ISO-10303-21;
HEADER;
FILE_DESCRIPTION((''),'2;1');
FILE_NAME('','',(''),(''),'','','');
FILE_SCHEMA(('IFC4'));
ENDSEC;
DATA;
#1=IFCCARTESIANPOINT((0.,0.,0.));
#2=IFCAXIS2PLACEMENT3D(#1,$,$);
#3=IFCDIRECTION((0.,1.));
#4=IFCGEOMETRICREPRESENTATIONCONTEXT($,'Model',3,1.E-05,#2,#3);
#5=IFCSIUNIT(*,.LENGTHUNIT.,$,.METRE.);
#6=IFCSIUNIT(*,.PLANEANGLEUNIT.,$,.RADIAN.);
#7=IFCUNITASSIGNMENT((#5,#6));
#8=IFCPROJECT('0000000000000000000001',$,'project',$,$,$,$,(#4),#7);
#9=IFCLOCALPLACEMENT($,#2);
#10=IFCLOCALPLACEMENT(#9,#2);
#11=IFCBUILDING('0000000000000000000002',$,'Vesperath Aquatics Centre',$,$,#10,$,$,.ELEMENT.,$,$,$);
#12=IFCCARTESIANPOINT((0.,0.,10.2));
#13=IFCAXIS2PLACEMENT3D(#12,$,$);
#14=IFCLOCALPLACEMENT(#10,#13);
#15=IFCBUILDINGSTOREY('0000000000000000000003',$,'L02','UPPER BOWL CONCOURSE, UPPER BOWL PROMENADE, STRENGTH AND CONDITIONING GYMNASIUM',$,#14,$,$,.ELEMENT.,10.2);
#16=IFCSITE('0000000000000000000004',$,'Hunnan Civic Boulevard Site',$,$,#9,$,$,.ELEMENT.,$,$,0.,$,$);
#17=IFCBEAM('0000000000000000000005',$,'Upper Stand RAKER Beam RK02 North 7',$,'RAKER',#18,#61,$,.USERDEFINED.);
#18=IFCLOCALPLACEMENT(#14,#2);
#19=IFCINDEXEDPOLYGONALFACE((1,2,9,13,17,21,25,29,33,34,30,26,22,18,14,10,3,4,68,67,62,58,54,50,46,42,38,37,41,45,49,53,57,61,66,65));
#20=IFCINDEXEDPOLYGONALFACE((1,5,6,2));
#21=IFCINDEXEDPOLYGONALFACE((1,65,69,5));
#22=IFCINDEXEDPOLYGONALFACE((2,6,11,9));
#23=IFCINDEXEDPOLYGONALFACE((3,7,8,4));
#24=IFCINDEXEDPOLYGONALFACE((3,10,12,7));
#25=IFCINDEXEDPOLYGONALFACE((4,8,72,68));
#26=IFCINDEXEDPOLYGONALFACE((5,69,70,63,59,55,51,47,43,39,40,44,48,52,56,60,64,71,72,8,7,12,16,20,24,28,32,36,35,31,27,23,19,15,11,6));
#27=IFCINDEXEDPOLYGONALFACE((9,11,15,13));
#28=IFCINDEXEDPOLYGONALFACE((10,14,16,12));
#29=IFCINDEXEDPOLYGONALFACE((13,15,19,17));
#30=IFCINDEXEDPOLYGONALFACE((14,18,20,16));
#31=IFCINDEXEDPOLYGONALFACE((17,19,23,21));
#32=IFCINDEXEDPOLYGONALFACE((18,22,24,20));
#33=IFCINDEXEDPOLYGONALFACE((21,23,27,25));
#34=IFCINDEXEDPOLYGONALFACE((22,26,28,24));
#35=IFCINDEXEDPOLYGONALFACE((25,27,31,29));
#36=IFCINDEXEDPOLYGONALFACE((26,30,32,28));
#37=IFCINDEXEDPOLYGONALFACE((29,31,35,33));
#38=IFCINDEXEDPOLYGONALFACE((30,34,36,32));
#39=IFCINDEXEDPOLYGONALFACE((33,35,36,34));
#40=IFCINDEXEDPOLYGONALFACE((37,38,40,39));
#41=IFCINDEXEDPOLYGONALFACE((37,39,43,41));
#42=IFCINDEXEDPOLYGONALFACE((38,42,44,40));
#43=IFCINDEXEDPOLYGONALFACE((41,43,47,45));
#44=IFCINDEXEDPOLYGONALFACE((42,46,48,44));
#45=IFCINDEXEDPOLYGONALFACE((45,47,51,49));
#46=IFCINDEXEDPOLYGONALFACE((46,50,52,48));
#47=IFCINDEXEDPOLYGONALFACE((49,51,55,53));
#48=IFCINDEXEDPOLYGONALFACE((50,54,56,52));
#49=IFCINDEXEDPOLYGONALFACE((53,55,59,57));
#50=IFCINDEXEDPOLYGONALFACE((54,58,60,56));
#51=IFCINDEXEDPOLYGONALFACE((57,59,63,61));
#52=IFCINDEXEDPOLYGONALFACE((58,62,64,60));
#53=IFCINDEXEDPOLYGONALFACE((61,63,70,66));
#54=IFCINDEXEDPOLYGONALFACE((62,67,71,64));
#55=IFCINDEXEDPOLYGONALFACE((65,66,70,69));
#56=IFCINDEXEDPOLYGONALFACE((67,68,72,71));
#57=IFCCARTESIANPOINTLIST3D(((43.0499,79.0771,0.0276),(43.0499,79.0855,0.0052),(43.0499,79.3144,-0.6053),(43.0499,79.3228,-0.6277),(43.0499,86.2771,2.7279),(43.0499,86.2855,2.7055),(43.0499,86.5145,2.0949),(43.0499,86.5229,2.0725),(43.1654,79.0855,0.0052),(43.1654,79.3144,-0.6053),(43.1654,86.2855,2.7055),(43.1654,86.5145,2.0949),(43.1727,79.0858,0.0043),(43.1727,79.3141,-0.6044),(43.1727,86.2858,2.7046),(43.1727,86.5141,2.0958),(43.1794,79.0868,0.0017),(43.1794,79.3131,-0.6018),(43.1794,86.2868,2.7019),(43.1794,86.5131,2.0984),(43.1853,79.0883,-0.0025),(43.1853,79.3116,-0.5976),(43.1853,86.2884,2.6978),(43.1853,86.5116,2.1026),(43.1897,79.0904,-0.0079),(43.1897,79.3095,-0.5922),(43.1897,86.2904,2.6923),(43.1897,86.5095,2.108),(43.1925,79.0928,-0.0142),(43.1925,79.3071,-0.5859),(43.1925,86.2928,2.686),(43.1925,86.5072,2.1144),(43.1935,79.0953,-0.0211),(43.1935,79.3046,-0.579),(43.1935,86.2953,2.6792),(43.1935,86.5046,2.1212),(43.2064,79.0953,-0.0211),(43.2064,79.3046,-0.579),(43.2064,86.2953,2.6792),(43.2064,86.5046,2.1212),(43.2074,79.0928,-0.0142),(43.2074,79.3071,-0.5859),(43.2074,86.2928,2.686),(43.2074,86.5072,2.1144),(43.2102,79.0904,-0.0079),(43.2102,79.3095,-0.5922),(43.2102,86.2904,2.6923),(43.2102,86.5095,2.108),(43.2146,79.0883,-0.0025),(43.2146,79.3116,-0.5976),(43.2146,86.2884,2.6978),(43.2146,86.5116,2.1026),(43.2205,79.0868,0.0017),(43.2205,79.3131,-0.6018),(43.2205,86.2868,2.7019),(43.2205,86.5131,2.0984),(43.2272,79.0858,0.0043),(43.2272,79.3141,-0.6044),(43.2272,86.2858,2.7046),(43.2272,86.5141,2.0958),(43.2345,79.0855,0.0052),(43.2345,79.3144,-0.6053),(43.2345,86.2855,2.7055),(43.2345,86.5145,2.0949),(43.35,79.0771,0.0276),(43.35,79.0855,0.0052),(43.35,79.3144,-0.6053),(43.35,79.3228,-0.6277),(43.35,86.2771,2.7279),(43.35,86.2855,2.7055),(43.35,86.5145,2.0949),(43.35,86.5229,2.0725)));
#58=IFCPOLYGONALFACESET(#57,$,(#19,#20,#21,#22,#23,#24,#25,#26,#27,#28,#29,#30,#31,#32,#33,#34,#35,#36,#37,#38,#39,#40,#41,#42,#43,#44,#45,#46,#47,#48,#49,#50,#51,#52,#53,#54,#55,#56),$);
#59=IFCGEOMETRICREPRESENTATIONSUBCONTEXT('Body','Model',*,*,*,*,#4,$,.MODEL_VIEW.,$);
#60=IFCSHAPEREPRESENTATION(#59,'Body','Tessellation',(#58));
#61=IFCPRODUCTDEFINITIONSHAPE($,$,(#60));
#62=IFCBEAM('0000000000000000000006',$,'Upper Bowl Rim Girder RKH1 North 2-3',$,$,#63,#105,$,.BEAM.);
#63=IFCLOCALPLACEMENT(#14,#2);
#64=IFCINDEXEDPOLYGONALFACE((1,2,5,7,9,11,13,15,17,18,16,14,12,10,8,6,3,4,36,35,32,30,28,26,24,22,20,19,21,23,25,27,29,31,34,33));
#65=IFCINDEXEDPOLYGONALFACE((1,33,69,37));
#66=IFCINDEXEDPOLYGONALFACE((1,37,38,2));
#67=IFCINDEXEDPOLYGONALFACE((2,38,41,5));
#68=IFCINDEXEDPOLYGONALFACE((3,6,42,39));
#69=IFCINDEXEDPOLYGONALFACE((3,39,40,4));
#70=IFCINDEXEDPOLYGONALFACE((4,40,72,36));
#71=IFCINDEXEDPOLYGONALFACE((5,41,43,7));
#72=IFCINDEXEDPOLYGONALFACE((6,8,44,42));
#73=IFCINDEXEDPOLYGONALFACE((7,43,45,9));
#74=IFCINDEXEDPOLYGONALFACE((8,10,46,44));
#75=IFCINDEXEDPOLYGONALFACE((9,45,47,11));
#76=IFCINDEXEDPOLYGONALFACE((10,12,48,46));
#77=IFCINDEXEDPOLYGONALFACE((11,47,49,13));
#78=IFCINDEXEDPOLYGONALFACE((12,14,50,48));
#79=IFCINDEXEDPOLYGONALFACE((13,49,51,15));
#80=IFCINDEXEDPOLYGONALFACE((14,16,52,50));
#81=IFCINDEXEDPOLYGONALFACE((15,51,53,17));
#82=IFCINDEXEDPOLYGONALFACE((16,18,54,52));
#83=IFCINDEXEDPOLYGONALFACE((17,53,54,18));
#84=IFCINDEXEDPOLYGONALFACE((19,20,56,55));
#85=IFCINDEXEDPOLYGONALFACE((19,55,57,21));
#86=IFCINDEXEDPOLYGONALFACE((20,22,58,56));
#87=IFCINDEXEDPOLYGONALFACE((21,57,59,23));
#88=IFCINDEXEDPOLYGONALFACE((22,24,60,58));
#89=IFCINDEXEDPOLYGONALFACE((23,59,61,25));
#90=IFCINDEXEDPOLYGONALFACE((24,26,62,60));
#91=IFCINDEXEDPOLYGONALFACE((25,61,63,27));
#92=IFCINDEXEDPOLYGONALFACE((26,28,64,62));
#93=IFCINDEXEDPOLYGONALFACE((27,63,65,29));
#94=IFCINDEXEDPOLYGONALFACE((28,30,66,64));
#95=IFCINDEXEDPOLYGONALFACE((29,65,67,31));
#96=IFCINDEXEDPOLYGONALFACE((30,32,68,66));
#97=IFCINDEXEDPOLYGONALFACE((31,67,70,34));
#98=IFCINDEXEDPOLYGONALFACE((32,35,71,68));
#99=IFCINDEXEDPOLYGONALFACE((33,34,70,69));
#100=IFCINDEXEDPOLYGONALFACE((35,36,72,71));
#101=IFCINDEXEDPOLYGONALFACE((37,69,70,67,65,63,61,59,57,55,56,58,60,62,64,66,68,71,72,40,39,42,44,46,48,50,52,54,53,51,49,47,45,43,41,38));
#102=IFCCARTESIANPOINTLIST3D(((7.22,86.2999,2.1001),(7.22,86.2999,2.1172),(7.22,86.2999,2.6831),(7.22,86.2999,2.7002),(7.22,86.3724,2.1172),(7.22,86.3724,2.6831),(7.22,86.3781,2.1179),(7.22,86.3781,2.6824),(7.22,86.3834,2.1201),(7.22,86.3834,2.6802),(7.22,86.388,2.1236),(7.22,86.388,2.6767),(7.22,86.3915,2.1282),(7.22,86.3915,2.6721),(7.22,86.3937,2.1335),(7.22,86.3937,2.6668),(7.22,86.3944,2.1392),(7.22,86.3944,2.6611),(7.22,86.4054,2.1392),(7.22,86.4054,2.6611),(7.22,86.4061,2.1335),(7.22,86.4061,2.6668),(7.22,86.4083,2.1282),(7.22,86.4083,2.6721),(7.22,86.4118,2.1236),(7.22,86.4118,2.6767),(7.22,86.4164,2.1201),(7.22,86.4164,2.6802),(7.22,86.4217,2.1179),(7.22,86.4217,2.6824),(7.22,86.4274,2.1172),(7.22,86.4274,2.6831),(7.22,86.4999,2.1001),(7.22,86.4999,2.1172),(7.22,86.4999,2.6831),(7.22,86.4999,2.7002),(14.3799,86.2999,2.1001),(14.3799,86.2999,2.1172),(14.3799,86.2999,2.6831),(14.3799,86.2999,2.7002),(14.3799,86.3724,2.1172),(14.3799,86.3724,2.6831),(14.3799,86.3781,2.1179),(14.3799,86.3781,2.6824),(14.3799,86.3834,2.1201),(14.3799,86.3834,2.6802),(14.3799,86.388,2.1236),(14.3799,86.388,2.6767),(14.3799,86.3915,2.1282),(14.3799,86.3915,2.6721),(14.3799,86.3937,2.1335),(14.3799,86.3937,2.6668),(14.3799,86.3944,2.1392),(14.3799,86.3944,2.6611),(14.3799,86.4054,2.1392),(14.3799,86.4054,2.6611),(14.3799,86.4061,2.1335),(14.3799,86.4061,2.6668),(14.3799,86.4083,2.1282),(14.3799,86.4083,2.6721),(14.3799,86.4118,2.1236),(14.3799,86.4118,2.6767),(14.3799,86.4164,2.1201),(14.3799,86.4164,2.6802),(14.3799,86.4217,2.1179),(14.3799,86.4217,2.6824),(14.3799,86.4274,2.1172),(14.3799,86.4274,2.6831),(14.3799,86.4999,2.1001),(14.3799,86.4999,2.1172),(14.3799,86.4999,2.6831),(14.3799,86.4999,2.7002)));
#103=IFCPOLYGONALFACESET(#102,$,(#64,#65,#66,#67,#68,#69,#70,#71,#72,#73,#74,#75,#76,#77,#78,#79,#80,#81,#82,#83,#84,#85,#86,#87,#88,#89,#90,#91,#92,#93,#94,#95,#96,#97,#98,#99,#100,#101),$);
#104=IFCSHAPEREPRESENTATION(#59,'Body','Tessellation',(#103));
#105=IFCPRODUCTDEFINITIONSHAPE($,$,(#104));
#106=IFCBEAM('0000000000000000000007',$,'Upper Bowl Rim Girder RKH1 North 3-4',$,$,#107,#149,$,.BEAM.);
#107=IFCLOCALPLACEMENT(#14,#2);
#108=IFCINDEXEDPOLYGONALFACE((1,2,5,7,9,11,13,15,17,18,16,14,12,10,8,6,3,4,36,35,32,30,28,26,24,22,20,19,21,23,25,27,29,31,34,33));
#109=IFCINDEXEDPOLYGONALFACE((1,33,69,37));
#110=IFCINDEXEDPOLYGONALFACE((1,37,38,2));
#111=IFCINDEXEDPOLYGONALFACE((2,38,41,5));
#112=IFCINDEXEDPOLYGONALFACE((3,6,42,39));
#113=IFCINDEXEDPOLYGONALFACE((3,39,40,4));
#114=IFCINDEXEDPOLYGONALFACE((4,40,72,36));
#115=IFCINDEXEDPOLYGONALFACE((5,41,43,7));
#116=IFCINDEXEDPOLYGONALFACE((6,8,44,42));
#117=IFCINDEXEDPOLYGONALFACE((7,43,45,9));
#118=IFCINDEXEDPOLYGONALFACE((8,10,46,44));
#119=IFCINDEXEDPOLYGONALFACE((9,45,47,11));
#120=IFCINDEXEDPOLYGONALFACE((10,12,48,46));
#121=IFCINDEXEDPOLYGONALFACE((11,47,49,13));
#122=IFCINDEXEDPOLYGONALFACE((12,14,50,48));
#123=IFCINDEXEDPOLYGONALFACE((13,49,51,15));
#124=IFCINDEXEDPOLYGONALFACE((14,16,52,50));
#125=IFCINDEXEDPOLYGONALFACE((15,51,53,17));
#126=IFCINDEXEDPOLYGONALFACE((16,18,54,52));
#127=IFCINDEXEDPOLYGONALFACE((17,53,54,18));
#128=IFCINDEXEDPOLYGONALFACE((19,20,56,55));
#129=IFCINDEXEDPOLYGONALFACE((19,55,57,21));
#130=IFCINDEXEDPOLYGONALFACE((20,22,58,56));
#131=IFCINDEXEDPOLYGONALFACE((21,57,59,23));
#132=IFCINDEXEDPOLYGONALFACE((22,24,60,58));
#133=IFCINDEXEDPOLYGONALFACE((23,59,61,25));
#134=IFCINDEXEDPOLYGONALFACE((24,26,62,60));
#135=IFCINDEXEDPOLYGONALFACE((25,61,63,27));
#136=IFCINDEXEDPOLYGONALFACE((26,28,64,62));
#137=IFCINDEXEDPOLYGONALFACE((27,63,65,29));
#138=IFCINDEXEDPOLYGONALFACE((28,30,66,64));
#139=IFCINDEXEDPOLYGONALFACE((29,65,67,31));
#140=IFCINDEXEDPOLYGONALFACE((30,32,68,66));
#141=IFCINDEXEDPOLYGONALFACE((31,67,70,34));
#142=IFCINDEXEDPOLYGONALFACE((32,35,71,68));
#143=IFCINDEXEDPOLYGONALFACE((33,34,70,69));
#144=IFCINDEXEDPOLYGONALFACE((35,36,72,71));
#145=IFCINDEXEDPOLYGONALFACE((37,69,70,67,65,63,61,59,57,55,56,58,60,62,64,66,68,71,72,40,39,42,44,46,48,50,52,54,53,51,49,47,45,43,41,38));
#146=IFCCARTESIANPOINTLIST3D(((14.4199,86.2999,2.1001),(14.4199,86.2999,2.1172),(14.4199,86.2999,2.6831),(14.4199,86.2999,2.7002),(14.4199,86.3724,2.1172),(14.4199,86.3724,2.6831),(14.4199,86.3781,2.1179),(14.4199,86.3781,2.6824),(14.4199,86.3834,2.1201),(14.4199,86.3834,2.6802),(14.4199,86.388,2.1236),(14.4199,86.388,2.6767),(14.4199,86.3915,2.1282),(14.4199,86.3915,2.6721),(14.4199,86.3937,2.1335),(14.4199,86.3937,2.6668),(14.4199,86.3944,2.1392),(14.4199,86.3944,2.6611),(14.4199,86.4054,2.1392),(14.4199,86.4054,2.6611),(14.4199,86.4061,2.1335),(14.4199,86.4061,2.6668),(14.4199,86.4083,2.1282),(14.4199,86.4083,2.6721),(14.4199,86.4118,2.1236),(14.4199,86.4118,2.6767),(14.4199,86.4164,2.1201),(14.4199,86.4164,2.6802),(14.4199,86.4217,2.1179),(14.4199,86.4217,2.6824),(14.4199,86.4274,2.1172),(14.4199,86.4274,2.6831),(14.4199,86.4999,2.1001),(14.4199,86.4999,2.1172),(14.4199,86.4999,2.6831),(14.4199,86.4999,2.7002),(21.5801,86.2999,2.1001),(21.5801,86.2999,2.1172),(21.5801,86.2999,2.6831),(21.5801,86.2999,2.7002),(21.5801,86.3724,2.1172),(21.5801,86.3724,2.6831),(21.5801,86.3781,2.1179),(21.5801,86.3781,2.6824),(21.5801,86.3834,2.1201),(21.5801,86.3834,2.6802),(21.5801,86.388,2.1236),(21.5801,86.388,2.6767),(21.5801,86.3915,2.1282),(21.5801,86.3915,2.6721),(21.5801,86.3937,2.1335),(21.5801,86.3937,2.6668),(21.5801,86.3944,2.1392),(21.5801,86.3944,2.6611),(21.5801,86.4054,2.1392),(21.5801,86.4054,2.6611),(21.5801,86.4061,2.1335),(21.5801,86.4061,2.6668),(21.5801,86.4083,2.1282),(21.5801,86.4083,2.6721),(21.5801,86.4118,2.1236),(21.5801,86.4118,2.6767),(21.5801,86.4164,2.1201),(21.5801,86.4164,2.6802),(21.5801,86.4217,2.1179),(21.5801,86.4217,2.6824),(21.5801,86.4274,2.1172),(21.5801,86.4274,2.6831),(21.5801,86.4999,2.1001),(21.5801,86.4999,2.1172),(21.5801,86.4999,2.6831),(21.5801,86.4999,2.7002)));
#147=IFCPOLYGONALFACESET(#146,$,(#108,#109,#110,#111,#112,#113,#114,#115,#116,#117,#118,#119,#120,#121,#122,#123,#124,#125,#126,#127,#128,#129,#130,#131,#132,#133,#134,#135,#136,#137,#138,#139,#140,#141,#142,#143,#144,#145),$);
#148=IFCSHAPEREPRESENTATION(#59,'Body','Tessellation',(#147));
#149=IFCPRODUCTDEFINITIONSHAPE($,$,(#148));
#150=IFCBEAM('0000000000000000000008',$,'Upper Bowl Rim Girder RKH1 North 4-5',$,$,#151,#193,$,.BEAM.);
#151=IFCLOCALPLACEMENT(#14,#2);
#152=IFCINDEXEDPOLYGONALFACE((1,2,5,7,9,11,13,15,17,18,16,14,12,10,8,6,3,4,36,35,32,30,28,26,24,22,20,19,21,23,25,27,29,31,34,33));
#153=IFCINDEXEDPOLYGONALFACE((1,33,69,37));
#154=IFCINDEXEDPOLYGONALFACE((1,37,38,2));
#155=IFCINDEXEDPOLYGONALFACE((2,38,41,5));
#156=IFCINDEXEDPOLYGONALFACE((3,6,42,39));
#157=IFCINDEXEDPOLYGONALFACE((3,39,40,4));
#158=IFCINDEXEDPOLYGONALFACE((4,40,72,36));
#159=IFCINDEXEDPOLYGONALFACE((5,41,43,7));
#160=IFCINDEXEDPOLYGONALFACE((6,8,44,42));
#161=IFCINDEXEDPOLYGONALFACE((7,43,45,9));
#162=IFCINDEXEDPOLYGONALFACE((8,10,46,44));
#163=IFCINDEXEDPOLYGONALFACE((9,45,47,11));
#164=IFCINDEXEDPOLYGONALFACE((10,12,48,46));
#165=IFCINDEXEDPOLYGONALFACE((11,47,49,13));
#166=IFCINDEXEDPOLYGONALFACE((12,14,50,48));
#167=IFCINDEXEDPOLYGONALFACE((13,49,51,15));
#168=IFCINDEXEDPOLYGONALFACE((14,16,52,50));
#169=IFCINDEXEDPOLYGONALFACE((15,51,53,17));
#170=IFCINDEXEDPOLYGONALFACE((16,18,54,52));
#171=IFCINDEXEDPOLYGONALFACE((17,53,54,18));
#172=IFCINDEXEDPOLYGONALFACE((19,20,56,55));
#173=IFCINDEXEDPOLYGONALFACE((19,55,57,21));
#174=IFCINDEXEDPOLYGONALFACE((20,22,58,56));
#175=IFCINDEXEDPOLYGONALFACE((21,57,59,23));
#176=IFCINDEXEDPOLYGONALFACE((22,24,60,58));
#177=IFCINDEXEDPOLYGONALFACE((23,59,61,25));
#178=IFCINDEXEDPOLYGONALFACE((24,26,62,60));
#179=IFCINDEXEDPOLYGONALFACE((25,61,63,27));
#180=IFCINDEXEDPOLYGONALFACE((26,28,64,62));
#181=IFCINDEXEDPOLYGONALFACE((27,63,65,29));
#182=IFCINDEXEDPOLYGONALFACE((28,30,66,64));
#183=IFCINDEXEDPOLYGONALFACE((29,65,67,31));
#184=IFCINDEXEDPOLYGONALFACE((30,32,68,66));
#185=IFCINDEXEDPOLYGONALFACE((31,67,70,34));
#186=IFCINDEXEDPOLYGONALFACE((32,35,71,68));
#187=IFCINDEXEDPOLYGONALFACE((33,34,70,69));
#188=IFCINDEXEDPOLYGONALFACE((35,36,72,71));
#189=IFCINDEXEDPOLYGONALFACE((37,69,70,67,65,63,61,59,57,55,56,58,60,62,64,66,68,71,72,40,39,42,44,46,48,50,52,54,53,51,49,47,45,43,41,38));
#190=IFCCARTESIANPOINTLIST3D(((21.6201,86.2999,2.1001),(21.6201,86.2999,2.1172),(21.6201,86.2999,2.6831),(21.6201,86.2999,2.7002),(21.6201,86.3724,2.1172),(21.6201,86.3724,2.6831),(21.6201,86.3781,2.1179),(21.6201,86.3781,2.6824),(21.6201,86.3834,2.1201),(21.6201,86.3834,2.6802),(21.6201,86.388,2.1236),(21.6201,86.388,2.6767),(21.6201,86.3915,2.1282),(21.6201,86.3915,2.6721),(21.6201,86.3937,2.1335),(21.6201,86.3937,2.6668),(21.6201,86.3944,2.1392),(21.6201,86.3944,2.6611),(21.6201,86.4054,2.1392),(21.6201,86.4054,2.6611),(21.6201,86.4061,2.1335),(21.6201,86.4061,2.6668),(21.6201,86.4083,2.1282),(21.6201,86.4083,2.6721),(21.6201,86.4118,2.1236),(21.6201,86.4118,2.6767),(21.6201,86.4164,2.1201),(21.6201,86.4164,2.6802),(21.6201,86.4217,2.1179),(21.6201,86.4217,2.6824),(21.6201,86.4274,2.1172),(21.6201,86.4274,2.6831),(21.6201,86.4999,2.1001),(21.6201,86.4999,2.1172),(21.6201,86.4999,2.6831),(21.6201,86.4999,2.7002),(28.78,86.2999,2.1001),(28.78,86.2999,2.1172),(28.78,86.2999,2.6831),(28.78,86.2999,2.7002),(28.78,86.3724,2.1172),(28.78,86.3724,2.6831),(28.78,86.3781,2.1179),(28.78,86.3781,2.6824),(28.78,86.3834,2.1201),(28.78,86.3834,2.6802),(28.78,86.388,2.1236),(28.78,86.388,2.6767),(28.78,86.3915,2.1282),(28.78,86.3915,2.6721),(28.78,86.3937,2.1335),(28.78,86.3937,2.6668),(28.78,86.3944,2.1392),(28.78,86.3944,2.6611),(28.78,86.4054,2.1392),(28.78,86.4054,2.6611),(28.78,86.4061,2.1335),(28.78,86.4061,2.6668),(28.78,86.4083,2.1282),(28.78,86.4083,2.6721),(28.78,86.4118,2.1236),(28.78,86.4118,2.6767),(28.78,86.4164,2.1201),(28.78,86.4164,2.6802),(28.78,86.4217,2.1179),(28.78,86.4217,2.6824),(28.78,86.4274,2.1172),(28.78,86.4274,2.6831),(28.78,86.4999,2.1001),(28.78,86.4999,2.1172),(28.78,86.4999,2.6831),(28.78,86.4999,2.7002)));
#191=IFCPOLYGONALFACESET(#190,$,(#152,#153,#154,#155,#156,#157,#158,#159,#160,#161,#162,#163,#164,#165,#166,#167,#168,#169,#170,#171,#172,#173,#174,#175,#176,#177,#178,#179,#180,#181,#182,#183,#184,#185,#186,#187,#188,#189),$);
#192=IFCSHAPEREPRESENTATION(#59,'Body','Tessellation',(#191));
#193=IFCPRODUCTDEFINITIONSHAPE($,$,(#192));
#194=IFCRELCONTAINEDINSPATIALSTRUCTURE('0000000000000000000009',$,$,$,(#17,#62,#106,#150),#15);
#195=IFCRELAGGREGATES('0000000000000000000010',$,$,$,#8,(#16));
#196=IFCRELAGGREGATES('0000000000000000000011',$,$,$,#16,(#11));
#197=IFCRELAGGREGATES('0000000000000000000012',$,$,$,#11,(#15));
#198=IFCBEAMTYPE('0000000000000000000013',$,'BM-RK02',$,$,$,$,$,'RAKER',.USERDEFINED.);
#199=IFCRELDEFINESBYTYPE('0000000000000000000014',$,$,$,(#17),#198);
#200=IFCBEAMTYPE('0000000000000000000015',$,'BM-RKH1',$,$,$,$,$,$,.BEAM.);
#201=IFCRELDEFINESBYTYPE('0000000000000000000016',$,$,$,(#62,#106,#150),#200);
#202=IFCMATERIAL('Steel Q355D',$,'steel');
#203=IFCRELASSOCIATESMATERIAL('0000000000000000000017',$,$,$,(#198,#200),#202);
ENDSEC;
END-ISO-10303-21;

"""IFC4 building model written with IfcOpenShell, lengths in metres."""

from ifc_helpers import new_model, si_unit, direction, frame, origin, origin_2d, place, context, subcontext, project, spatial, i_section, extrude, material, material_profile, profile_set, type_object, element, save


model = new_model("IFC4")

# Units and contexts
model_context = context("Model", 3, precision=1e-05, world=origin(), true_north=direction((0.0, 1.0)))
body_context = subcontext(model_context, "Body", "Model", "MODEL_VIEW")
ifc_project = project(units=[si_unit("LENGTHUNIT", "METRE"), si_unit("PLANEANGLEUNIT", "RADIAN")], contexts=[model_context])

# Site, building, storey
site_placement = place(None, origin())
site = spatial("IfcSite", under=ifc_project, at=site_placement, Name="Hunnan Civic Boulevard Site", CompositionType="ELEMENT", RefElevation=0.0)
building_placement = place(site_placement, origin())
building = spatial("IfcBuilding", under=site, at=building_placement, Name="Vesperath Aquatics Centre", CompositionType="ELEMENT")
storey_placement = place(building_placement, frame((0.0, 0.0, 10.2)))
storey = spatial("IfcBuildingStorey", under=building, at=storey_placement, Name="L02", Description="UPPER BOWL CONCOURSE, UPPER BOWL PROMENADE, STRENGTH AND CONDITIONING GYMNASIUM", CompositionType="ELEMENT", Elevation=10.2)

# Shared definitions
ifc_material_1 = material(Name="Steel Q355D", Category="steel")

# Beams
ifc_material_profile_1 = material_profile(ifc_material_1, i_section(OverallWidth=0.3, OverallDepth=0.7, WebThickness=0.0129, FlangeThickness=0.0239, FilletRadius=0.0281, at=origin_2d()), Name="HN 700x300x13x24")
ifc_profile_set_1 = profile_set([ifc_material_profile_1], Name="Steel Q355D")
beam_type_1 = type_object("IfcBeamType", Name="BM-RK02", ElementType="RAKER", PredefinedType="USERDEFINED", material=ifc_profile_set_1)
beam_1_placement = place(storey_placement, frame((43.2, 79.2, -0.3), z_axis=(0.0, 0.93632, 0.351148), x_axis=(-1.0, 0.0, 0.0)))
element("IfcBeam", 1, at=beam_1_placement, inside=storey, type_object=beam_type_1, Name="Upper Stand RAKER Beam RK02 North 7", ObjectType="RAKER", PredefinedType="USERDEFINED", context=body_context, shape_type="SweptSolid", body=[
    extrude(i_section(OverallWidth=0.3, OverallDepth=0.7, WebThickness=0.0129, FlangeThickness=0.0239, FilletRadius=0.0281, at=origin_2d()), origin(), (0.0, 0.0, 1.0), 7.6897),
])
ifc_material_profile_2 = material_profile(ifc_material_1, i_section(OverallWidth=0.2, OverallDepth=0.6001, WebThickness=0.011, FlangeThickness=0.0171, FilletRadius=0.022, at=origin_2d()), Name="HN 600x200x11x17")
ifc_profile_set_2 = profile_set([ifc_material_profile_2], Name="Steel Q355D")
beam_type_2 = type_object("IfcBeamType", Name="BM-RKH1", PredefinedType="BEAM", material=ifc_profile_set_2)
beam_2_placement = place(storey_placement, frame((7.22, 86.3999, 2.4001), z_axis=(1.0, 0.0, 0.0), x_axis=(0.0, 1.0, 0.0)))
element("IfcBeam", 2, at=beam_2_placement, inside=storey, type_object=beam_type_2, Name="Upper Bowl Rim Girder RKH1 North 2-3", PredefinedType="BEAM", context=body_context, shape_type="SweptSolid", body=[
    extrude(i_section(OverallWidth=0.2, OverallDepth=0.6001, WebThickness=0.011, FlangeThickness=0.0171, FilletRadius=0.022, at=origin_2d()), origin(), (0.0, 0.0, 1.0), 7.1599),
])
beam_3_placement = place(storey_placement, frame((14.4199, 86.3999, 2.4001), z_axis=(1.0, 0.0, 0.0), x_axis=(0.0, 1.0, 0.0)))
element("IfcBeam", 3, at=beam_3_placement, inside=storey, type_object=beam_type_2, Name="Upper Bowl Rim Girder RKH1 North 3-4", PredefinedType="BEAM", context=body_context, shape_type="SweptSolid", body=[
    extrude(i_section(OverallWidth=0.2, OverallDepth=0.6001, WebThickness=0.011, FlangeThickness=0.0171, FilletRadius=0.022, at=origin_2d()), origin(), (0.0, 0.0, 1.0), 7.1602),
])
for number, where, z_axis, x_axis, name in (
    (4, (21.6201, 86.3999, 2.4001), (1.0, 0.0, 0.0), (0.0, 1.0, 0.0), "Upper Bowl Rim Girder RKH1 North 4-5"),
):
    element("IfcBeam", number, at=place(storey_placement, frame(where, z_axis=z_axis, x_axis=x_axis)), inside=storey, type_object=beam_type_2, Name=name, PredefinedType="BEAM", context=body_context, shape_type="SweptSolid", body=[
        extrude(i_section(OverallWidth=0.2, OverallDepth=0.6001, WebThickness=0.011, FlangeThickness=0.0171, FilletRadius=0.022, at=origin_2d()), origin(), (0.0, 0.0, 1.0), 7.1599),
    ])

save(model, "model.ifc")
